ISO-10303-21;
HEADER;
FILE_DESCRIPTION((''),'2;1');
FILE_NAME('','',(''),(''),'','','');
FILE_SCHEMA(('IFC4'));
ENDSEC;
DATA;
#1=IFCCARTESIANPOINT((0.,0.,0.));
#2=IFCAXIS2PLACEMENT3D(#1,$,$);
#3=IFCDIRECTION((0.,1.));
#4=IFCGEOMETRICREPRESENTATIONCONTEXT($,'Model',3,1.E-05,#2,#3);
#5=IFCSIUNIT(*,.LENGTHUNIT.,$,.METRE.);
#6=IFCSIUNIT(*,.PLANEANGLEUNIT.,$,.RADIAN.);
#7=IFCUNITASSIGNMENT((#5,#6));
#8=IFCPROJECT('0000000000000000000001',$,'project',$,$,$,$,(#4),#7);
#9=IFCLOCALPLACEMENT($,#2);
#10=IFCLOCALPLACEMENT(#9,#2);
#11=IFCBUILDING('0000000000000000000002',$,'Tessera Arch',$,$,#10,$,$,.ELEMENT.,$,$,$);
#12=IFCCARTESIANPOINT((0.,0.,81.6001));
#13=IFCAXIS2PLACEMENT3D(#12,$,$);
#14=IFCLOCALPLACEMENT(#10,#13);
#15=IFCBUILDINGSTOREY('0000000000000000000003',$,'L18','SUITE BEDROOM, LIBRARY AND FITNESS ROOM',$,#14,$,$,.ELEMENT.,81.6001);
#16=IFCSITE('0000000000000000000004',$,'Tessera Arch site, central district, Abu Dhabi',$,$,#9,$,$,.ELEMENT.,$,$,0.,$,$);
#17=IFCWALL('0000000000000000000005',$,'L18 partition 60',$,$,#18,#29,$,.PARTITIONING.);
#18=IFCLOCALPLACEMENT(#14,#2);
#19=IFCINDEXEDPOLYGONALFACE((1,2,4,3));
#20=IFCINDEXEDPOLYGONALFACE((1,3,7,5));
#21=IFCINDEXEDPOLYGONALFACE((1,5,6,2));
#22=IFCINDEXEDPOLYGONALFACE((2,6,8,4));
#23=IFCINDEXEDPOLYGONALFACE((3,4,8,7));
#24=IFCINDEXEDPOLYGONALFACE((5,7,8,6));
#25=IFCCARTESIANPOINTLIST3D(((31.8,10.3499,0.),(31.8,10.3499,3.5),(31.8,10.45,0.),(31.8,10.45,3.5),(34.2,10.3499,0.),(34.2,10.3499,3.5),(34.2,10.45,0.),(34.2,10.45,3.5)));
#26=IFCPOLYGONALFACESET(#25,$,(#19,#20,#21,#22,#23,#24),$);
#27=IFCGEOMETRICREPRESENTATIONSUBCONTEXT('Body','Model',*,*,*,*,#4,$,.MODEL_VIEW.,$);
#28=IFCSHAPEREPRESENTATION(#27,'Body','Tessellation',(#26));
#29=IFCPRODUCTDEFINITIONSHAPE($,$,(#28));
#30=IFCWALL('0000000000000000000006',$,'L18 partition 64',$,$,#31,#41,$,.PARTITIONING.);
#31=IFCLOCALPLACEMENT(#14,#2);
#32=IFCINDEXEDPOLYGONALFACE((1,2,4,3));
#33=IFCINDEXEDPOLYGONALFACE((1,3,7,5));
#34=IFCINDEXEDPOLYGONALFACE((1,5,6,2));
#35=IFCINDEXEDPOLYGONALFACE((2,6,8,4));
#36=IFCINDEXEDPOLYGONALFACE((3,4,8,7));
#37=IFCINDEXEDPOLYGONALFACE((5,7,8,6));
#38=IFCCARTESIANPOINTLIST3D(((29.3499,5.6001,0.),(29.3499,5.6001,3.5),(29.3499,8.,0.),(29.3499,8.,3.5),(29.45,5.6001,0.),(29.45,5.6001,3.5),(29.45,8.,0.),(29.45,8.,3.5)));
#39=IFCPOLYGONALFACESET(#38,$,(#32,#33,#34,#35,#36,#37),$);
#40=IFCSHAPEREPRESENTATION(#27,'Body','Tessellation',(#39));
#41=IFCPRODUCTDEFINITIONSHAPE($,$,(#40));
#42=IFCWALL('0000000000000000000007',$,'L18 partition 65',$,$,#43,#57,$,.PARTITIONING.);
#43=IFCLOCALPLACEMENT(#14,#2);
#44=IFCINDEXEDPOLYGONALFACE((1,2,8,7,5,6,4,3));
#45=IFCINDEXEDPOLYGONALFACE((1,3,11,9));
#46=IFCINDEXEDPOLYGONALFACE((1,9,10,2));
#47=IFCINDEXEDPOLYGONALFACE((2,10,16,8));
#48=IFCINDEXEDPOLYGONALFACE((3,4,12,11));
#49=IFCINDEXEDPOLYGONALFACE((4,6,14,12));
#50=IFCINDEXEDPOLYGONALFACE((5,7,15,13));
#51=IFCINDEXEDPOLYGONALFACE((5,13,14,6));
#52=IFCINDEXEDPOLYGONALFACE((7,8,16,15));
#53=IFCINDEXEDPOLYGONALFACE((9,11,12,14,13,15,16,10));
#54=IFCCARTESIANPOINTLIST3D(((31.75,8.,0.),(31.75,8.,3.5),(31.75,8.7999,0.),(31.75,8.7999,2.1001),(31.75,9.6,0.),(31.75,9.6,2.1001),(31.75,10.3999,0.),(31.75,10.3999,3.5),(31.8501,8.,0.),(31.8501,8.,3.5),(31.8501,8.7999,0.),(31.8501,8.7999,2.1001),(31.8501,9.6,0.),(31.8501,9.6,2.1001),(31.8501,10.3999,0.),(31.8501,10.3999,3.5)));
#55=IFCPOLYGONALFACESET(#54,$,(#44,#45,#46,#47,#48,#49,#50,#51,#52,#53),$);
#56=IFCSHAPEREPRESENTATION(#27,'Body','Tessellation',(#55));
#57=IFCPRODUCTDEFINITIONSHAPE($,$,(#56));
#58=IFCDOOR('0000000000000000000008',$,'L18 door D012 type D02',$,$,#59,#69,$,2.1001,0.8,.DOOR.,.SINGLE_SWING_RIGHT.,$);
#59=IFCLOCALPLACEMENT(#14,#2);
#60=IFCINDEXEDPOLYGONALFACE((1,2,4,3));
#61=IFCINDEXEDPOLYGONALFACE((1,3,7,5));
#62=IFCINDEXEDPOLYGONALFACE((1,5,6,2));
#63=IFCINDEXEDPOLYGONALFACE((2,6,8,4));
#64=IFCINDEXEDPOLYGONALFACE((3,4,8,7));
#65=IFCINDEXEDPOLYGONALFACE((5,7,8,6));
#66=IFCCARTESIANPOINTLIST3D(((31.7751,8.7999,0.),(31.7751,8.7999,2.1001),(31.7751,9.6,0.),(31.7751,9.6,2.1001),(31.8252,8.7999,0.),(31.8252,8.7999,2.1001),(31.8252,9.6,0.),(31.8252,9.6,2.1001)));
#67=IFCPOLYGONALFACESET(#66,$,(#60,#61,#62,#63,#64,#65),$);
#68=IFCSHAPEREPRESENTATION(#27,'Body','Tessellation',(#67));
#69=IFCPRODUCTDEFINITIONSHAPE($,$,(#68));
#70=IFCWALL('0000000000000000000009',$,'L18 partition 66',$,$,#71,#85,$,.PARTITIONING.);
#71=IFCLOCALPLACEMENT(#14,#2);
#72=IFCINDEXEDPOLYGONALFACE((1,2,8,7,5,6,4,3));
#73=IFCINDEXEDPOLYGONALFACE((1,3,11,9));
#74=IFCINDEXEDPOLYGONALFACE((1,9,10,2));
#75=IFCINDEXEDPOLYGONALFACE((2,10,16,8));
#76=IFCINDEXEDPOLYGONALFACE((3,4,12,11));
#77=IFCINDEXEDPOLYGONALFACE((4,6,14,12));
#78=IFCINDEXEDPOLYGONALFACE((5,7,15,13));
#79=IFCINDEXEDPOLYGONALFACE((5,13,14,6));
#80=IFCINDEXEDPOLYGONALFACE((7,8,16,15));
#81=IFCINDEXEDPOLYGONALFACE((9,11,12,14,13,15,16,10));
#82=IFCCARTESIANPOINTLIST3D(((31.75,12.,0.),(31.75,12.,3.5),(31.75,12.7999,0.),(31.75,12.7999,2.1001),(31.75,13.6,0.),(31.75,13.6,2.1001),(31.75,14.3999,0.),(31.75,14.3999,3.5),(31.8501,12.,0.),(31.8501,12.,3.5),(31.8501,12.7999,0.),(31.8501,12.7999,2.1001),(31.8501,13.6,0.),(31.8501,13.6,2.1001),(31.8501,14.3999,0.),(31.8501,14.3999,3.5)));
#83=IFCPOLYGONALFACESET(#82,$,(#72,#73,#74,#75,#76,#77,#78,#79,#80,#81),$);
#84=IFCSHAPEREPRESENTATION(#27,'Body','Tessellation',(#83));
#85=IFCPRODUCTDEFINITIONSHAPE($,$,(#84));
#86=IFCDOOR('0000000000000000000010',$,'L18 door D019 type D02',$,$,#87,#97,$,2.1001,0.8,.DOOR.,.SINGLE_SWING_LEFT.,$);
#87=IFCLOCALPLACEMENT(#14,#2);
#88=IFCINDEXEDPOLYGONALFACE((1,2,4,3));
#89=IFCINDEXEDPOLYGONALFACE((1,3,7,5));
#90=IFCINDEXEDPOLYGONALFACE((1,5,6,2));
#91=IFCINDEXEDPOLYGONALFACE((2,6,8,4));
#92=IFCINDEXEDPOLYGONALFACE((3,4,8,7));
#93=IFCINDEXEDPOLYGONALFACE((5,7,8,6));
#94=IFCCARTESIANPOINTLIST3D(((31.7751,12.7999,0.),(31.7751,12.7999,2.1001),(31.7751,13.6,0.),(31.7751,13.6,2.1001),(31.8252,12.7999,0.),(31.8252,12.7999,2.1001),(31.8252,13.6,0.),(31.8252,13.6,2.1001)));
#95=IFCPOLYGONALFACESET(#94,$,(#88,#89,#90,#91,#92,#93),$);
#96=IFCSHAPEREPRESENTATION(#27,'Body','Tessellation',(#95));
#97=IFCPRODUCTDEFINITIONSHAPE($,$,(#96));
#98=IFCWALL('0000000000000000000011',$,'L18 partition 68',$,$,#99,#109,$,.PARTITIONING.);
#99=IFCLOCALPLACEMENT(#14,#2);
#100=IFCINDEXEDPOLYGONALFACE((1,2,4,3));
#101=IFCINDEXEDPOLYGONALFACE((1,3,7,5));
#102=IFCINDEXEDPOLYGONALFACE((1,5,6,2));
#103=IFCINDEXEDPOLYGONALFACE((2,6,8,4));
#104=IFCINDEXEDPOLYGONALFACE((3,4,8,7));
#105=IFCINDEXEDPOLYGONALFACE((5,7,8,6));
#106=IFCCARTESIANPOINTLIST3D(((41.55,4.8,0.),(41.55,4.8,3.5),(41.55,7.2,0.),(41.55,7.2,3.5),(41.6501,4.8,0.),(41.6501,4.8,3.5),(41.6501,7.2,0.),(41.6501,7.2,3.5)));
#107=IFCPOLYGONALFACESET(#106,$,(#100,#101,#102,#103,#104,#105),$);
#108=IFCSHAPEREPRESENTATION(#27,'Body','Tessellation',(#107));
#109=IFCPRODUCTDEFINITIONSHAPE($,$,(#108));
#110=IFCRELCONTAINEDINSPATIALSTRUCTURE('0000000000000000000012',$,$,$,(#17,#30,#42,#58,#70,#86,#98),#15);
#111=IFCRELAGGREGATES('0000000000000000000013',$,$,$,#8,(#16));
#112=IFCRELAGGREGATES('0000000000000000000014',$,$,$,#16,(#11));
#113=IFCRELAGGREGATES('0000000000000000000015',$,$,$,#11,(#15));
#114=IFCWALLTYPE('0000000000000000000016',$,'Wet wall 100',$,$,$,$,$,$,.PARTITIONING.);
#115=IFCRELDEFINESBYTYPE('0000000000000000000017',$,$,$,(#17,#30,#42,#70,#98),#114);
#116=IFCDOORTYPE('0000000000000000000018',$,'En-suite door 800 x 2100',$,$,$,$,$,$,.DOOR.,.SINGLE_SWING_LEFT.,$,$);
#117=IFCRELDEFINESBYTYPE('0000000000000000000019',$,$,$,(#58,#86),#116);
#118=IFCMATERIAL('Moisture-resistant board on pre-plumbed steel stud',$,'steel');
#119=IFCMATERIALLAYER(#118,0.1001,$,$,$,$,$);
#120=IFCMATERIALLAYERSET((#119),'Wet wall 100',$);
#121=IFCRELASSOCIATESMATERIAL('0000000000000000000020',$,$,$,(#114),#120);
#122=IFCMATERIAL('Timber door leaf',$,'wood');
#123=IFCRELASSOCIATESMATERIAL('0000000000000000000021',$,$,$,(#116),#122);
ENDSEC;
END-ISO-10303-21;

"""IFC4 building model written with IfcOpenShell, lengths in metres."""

from ifc_helpers import new_model, si_unit, direction, frame, frame_2d, origin, place, context, subcontext, project, spatial, rectangle, extrude, material, layer, layer_set, type_object, element, fill, save


model = new_model("IFC4")

# Units and contexts
model_context = context("Model", 3, precision=1e-05, world=origin(), true_north=direction((0.0, 1.0)))
body_context = subcontext(model_context, "Body", "Model", "MODEL_VIEW")
ifc_project = project(units=[si_unit("LENGTHUNIT", "METRE"), si_unit("PLANEANGLEUNIT", "RADIAN")], contexts=[model_context])

# Site, building, storey
site_placement = place(None, origin())
site = spatial("IfcSite", under=ifc_project, at=site_placement, Name="Tessera Arch site, central district, Abu Dhabi", CompositionType="ELEMENT", RefElevation=0.0)
building_placement = place(site_placement, origin())
building = spatial("IfcBuilding", under=site, at=building_placement, Name="Tessera Arch", CompositionType="ELEMENT")
storey_placement = place(building_placement, frame((0.0, 0.0, 81.6001)))
storey = spatial("IfcBuildingStorey", under=building, at=storey_placement, Name="L18", Description="SUITE BEDROOM, LIBRARY AND FITNESS ROOM", CompositionType="ELEMENT", Elevation=81.6001)

# Walls
ifc_material_1 = material(Name="Moisture-resistant board on pre-plumbed steel stud", Category="steel")
ifc_layer_1 = layer(ifc_material_1, 0.1001)
ifc_layer_set_1 = layer_set([ifc_layer_1], Name="Wet wall 100")
wall_type_1 = type_object("IfcWallType", Name="Wet wall 100", PredefinedType="PARTITIONING", material=ifc_layer_set_1)
for number, where, z_axis, x_axis, name in (
    (1, (31.8, 10.3999, 0.0), (0.0, 0.0, 1.0), (1.0, 0.0, 0.0), "L18 partition 60"),
    (2, (29.3999, 5.6001, 0.0), (0.0, 0.0, 1.0), (0.0, 1.0, 0.0), "L18 partition 64"),
):
    element("IfcWall", number, at=place(storey_placement, frame(where, z_axis=z_axis, x_axis=x_axis)), inside=storey, type_object=wall_type_1, Name=name, PredefinedType="PARTITIONING", context=body_context, shape_type="SweptSolid", body=[
        extrude(rectangle(XDim=2.3999, YDim=0.1001, at=frame_2d((1.2, 0.0))), origin(), (0.0, 0.0, 1.0), 3.5),
    ])

# Walls, openings, doors
wall_1_placement = place(storey_placement, frame((31.8, 8.0, 0.0), z_axis=(0.0, 0.0, 1.0), x_axis=(0.0, 1.0, 0.0)))
wall_1 = element("IfcWall", 3, at=wall_1_placement, inside=storey, type_object=wall_type_1, Name="L18 partition 65", PredefinedType="PARTITIONING", context=body_context, shape_type="SweptSolid", body=[
    extrude(rectangle(XDim=2.3999, YDim=0.1001, at=frame_2d((1.2, 0.0))), origin(), (0.0, 0.0, 1.0), 3.5),
])
opening_1_placement = place(wall_1_placement, frame((0.8, 0.0, 0.0)))
opening_1 = element("IfcOpeningElement", 4, at=opening_1_placement, cuts=wall_1, PredefinedType="OPENING", context=body_context, shape_type="SweptSolid", body=[
    extrude(rectangle(XDim=0.8, YDim=2.1001, at=frame_2d((0.3999, 1.05))), frame((0.0, 0.0601, 0.0), z_axis=(0.0, -1.0, 0.0), x_axis=(1.0, 0.0, 0.0)), (0.0, 0.0, 1.0), 0.1201),
])
ifc_material_2 = material(Name="Timber door leaf", Category="wood")
door_type_1 = type_object("IfcDoorType", Name="En-suite door 800 x 2100", OperationType="SINGLE_SWING_LEFT", PredefinedType="DOOR", material=ifc_material_2)
door_1_placement = place(opening_1_placement, origin())
door_1 = element("IfcDoor", 5, at=door_1_placement, inside=storey, type_object=door_type_1, Name="L18 door D012 type D02", OperationType="SINGLE_SWING_RIGHT", OverallHeight=2.1001, OverallWidth=0.8, PredefinedType="DOOR", context=body_context, shape_type="SweptSolid", body=[
    extrude(rectangle(XDim=0.8, YDim=2.1001, at=frame_2d((0.3999, 1.05))), frame((0.0, 0.0249, 0.0), z_axis=(0.0, -1.0, 0.0), x_axis=(1.0, 0.0, 0.0)), (0.0, 0.0, 1.0), 0.05),
])
fill(opening_1, door_1)
wall_2_placement = place(storey_placement, frame((31.8, 12.0, 0.0), z_axis=(0.0, 0.0, 1.0), x_axis=(0.0, 1.0, 0.0)))
wall_2 = element("IfcWall", 6, at=wall_2_placement, inside=storey, type_object=wall_type_1, Name="L18 partition 66", PredefinedType="PARTITIONING", context=body_context, shape_type="SweptSolid", body=[
    extrude(rectangle(XDim=2.3999, YDim=0.1001, at=frame_2d((1.2, 0.0))), origin(), (0.0, 0.0, 1.0), 3.5),
])
opening_2_placement = place(wall_2_placement, frame((0.8, 0.0, 0.0)))
opening_2 = element("IfcOpeningElement", 7, at=opening_2_placement, cuts=wall_2, PredefinedType="OPENING", context=body_context, shape_type="SweptSolid", body=[
    extrude(rectangle(XDim=0.8, YDim=2.1001, at=frame_2d((0.3999, 1.05))), frame((0.0, 0.0601, 0.0), z_axis=(0.0, -1.0, 0.0), x_axis=(1.0, 0.0, 0.0)), (0.0, 0.0, 1.0), 0.1201),
])
door_2_placement = place(opening_2_placement, origin())
door_2 = element("IfcDoor", 8, at=door_2_placement, inside=storey, type_object=door_type_1, Name="L18 door D019 type D02", OperationType="SINGLE_SWING_LEFT", OverallHeight=2.1001, OverallWidth=0.8, PredefinedType="DOOR", context=body_context, shape_type="SweptSolid", body=[
    extrude(rectangle(XDim=0.8, YDim=2.1001, at=frame_2d((0.3999, 1.05))), frame((0.0, 0.0249, 0.0), z_axis=(0.0, -1.0, 0.0), x_axis=(1.0, 0.0, 0.0)), (0.0, 0.0, 1.0), 0.05),
])
fill(opening_2, door_2)

# Wall
wall_3_placement = place(storey_placement, frame((41.6001, 4.8, 0.0), z_axis=(0.0, 0.0, 1.0), x_axis=(0.0, 1.0, 0.0)))
element("IfcWall", 9, at=wall_3_placement, inside=storey, type_object=wall_type_1, Name="L18 partition 68", PredefinedType="PARTITIONING", context=body_context, shape_type="SweptSolid", body=[
    extrude(rectangle(XDim=2.3999, YDim=0.1001, at=frame_2d((1.2, 0.0))), origin(), (0.0, 0.0, 1.0), 3.5),
])

save(model, "model.ifc")
